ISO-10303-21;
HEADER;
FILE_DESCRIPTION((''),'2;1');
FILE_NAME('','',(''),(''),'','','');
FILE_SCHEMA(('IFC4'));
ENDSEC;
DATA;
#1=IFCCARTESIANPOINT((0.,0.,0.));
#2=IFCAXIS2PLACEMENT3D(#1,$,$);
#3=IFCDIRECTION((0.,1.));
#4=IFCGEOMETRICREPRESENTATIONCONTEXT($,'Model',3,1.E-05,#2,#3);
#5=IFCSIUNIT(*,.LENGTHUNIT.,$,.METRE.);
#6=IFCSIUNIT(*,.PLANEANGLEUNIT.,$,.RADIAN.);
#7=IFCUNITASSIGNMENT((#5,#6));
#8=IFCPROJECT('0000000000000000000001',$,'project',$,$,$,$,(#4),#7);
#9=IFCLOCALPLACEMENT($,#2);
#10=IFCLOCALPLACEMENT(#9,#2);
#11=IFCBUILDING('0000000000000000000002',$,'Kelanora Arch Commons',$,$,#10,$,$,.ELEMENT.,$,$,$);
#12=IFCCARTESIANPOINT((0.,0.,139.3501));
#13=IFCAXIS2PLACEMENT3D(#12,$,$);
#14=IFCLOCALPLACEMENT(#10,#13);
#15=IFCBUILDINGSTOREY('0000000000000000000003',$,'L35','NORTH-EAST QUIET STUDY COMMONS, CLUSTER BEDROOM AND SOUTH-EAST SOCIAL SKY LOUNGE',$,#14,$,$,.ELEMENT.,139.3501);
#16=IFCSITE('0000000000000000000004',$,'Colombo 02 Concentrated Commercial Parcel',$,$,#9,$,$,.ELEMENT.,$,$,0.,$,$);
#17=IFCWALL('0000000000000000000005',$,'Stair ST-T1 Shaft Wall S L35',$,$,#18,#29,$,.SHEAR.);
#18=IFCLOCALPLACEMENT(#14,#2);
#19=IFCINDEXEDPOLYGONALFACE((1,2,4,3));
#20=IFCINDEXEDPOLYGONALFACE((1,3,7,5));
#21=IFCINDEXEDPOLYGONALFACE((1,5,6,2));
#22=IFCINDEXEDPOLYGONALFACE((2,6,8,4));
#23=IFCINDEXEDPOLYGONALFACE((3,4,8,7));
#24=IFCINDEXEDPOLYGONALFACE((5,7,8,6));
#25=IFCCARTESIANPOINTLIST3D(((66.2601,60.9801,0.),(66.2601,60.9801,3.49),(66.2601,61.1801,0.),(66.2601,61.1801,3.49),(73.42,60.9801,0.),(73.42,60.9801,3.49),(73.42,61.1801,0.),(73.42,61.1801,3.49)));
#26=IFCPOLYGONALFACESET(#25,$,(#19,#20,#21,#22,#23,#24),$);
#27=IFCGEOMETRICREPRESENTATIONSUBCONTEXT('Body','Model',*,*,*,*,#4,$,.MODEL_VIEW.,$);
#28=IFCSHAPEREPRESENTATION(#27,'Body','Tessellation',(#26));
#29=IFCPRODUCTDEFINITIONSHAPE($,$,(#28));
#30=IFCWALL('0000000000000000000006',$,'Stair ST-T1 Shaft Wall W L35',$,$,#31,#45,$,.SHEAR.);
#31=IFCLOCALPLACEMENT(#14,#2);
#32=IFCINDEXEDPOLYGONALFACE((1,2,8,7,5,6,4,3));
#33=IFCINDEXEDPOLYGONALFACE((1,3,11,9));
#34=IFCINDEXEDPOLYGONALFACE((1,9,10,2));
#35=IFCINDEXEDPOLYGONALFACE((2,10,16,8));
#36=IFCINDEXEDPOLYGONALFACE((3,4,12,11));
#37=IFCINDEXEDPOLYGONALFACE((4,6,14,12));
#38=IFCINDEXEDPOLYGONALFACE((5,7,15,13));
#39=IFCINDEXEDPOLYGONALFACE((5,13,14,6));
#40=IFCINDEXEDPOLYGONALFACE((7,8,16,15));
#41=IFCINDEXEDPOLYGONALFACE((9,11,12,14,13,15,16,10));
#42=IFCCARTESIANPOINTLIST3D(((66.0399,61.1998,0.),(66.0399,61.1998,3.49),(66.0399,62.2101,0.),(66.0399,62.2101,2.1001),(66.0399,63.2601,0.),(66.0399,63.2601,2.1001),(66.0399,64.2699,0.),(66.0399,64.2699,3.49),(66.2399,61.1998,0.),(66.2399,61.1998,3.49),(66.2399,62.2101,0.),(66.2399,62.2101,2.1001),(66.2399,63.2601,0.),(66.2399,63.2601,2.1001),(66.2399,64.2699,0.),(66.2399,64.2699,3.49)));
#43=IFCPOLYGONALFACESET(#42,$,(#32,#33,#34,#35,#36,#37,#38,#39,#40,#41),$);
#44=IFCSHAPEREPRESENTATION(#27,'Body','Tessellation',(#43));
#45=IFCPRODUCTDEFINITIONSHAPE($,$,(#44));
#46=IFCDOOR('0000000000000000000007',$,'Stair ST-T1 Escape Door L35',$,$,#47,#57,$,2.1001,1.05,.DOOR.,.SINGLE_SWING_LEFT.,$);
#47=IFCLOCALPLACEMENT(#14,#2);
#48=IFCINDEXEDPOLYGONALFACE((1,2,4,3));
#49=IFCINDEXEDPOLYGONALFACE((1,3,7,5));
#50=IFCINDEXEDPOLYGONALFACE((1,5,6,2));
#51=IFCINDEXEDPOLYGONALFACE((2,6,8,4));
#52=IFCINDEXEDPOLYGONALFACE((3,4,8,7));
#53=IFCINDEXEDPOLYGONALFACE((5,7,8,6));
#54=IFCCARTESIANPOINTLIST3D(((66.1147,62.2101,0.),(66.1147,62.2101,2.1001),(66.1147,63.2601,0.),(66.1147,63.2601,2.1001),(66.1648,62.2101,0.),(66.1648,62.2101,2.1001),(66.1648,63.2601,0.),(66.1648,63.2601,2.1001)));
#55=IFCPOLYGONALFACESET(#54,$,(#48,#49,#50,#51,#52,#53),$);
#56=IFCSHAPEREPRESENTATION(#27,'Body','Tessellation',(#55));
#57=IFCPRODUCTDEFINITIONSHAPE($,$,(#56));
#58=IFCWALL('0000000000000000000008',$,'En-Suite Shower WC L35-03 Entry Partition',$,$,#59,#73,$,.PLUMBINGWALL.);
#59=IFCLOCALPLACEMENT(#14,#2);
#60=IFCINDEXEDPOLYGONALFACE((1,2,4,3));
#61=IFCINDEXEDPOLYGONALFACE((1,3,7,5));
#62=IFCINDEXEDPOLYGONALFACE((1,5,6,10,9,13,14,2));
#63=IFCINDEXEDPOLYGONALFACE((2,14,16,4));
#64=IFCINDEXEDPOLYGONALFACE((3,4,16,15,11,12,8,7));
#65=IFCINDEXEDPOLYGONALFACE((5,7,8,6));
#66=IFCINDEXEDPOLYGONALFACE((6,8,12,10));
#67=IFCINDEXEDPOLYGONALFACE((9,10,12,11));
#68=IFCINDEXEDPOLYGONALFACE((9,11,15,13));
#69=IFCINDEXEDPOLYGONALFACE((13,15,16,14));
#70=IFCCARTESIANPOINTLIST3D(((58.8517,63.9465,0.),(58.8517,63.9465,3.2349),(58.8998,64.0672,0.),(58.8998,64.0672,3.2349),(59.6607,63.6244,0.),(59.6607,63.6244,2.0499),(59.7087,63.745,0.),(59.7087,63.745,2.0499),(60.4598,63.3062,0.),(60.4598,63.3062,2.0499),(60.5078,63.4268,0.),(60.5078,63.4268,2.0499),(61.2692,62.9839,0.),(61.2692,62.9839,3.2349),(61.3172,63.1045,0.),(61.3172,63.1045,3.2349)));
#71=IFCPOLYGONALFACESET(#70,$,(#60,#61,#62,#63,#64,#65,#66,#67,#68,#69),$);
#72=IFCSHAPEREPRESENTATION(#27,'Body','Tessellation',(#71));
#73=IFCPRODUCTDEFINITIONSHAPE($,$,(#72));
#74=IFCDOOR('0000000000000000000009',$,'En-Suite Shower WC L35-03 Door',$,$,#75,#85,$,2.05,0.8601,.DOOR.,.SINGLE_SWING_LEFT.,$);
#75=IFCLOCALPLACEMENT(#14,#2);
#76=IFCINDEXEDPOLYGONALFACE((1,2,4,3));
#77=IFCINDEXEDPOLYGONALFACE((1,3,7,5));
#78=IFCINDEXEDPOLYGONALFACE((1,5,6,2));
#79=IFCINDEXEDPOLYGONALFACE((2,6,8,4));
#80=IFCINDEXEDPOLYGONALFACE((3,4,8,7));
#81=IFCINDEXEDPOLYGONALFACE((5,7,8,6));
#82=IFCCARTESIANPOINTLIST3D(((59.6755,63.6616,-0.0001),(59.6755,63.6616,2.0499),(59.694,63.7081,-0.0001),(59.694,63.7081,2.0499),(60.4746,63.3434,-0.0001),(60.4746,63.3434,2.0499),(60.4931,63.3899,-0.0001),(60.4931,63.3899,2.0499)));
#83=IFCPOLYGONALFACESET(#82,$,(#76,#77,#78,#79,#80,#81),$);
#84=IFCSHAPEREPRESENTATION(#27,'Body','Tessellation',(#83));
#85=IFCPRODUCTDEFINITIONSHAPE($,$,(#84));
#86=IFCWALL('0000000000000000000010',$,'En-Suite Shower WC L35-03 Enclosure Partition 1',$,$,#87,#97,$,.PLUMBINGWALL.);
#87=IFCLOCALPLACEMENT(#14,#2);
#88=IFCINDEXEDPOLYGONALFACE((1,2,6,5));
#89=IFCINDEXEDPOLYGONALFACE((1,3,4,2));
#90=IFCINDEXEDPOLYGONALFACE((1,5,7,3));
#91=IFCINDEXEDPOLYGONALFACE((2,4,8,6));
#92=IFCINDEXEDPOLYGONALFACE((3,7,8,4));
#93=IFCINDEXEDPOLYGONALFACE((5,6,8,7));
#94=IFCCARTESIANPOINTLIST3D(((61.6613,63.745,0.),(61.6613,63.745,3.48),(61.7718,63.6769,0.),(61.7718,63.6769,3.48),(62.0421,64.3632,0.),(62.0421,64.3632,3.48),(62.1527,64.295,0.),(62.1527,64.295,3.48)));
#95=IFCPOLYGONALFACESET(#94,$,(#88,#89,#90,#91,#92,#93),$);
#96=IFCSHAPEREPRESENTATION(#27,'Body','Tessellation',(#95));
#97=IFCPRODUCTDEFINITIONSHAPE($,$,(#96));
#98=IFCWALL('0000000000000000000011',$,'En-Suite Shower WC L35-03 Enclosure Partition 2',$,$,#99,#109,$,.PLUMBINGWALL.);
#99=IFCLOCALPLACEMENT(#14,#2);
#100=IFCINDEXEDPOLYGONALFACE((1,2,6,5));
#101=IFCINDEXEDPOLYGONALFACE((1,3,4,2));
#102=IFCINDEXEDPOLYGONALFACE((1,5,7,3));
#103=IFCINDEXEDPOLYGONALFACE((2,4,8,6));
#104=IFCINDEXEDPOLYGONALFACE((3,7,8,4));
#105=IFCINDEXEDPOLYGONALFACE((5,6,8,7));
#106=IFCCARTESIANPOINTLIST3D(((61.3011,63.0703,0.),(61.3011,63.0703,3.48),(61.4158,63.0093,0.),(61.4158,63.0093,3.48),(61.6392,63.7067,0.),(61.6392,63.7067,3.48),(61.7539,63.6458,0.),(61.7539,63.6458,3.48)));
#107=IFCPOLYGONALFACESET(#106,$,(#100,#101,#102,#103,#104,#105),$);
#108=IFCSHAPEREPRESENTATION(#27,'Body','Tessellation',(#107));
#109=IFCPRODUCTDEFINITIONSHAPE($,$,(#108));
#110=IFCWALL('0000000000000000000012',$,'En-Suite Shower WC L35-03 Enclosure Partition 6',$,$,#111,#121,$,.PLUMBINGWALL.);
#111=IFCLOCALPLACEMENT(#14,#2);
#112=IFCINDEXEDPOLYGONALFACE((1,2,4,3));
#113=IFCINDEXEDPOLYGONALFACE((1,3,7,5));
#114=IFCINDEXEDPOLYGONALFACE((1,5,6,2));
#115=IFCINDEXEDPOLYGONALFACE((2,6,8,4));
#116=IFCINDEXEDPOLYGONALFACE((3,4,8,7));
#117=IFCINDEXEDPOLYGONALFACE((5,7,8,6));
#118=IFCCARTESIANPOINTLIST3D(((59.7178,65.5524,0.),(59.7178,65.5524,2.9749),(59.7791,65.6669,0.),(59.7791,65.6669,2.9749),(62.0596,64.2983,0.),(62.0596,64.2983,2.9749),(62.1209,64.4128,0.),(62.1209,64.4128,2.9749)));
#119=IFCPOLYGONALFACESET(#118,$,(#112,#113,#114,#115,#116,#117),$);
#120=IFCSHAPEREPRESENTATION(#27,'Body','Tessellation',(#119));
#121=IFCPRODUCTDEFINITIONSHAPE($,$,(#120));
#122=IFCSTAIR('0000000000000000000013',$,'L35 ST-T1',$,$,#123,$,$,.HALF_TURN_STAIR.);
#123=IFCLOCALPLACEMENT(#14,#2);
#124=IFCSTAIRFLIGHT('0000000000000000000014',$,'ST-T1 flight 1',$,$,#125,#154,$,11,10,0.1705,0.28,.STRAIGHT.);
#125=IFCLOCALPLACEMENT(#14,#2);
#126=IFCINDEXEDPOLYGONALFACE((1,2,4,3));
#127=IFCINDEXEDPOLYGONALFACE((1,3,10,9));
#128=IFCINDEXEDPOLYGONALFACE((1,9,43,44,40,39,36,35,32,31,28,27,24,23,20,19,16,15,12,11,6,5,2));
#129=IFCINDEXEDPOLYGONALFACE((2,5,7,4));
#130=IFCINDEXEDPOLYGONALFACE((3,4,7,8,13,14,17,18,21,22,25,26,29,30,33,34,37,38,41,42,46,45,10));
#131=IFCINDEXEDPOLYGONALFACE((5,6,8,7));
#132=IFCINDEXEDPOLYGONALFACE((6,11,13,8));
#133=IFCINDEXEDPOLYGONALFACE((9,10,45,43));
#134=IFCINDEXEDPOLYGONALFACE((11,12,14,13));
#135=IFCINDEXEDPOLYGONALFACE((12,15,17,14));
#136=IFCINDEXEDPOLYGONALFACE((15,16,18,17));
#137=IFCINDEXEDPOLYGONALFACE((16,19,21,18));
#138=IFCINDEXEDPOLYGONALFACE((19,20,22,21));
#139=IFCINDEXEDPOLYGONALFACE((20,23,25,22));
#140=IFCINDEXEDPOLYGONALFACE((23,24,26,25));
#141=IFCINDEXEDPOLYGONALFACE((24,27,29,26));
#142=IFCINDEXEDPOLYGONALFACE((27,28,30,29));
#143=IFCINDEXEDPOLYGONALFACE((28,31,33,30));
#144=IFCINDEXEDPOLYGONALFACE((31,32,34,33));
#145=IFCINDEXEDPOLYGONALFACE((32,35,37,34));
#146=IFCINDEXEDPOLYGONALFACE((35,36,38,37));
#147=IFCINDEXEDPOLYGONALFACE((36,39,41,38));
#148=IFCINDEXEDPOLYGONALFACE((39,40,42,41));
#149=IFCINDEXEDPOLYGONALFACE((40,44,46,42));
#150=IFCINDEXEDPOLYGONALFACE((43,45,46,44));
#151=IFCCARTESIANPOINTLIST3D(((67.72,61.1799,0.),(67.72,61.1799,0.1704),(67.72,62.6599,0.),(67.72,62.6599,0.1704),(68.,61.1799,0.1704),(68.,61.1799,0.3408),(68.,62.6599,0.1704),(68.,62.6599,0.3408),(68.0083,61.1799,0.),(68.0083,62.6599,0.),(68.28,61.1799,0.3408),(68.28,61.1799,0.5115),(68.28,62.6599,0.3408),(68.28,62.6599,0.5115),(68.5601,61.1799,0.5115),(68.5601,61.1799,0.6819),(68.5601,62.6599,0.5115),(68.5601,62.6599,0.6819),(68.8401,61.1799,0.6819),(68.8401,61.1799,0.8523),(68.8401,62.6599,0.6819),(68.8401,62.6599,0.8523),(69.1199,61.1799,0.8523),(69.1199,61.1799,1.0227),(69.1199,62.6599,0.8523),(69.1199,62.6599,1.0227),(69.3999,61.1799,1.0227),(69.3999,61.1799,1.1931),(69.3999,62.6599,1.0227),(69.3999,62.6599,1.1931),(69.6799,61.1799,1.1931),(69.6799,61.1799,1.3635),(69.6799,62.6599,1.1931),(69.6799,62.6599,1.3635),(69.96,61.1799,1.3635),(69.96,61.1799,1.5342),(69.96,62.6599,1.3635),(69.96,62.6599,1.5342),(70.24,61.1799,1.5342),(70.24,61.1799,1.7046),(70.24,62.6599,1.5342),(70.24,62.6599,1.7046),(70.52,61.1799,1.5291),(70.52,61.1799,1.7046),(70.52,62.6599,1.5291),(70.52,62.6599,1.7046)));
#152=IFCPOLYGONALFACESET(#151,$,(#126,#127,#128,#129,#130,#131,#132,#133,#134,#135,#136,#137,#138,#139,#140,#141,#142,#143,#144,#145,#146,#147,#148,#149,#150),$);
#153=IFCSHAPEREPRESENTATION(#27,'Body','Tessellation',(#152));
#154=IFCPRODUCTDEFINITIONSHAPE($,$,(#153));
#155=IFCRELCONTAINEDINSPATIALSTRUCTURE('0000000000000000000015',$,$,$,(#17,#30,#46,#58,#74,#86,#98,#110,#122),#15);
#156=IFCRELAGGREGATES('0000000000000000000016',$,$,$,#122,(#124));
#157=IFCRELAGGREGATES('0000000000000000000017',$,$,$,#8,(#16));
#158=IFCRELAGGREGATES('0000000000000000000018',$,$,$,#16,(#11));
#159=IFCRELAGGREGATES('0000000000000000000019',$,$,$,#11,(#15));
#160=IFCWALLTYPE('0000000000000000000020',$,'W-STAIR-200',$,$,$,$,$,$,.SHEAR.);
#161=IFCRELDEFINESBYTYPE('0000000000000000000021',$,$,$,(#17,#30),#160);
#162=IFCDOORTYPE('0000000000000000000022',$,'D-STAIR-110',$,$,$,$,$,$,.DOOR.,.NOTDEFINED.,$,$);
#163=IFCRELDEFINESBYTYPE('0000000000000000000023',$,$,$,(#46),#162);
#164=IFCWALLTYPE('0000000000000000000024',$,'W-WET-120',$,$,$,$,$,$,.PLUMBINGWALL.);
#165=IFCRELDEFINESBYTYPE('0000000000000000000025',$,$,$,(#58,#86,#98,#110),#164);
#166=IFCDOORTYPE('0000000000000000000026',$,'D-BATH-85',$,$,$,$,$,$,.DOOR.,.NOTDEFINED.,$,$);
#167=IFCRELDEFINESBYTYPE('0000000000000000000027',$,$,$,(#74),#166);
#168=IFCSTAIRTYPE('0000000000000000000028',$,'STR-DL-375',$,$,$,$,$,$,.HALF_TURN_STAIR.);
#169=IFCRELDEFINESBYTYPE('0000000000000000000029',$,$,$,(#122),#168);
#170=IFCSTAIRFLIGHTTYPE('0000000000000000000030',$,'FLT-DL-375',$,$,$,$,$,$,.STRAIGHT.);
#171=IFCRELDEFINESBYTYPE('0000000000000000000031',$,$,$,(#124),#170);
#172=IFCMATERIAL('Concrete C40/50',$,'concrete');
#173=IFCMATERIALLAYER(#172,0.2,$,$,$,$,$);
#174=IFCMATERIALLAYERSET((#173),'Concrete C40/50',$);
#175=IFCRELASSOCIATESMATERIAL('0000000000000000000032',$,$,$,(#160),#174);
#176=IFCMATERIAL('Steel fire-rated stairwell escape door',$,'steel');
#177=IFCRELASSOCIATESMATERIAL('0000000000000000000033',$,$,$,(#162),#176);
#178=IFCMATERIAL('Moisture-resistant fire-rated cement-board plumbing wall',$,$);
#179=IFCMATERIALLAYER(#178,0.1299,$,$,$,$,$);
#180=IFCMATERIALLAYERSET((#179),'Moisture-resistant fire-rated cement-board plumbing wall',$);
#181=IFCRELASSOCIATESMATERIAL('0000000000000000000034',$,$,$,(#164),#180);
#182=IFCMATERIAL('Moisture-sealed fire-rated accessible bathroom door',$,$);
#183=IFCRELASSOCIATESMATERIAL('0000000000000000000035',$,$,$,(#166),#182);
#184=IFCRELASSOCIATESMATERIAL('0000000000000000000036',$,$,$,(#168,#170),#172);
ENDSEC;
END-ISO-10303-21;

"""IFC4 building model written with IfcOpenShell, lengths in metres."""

from ifc_helpers import new_model, si_unit, direction, frame, frame_2d, origin, place, context, subcontext, project, spatial, polyline, rectangle, outline, extrude, material, layer, layer_set, type_object, element, fill, aggregate, save


model = new_model("IFC4")

# Units and contexts
model_context = context("Model", 3, precision=1e-05, world=origin(), true_north=direction((0.0, 1.0)))
body_context = subcontext(model_context, "Body", "Model", "MODEL_VIEW")
ifc_project = project(units=[si_unit("LENGTHUNIT", "METRE"), si_unit("PLANEANGLEUNIT", "RADIAN")], contexts=[model_context])

# Site, building, storey
site_placement = place(None, origin())
site = spatial("IfcSite", under=ifc_project, at=site_placement, Name="Colombo 02 Concentrated Commercial Parcel", CompositionType="ELEMENT", RefElevation=0.0)
building_placement = place(site_placement, origin())
building = spatial("IfcBuilding", under=site, at=building_placement, Name="Kelanora Arch Commons", CompositionType="ELEMENT")
storey_placement = place(building_placement, frame((0.0, 0.0, 139.3501)))
storey = spatial("IfcBuildingStorey", under=building, at=storey_placement, Name="L35", Description="NORTH-EAST QUIET STUDY COMMONS, CLUSTER BEDROOM AND SOUTH-EAST SOCIAL SKY LOUNGE", CompositionType="ELEMENT", Elevation=139.3501)

# Wall
ifc_material_1 = material(Name="Concrete C40/50", Category="concrete")
ifc_layer_1 = layer(ifc_material_1, 0.2)
ifc_layer_set_1 = layer_set([ifc_layer_1], Name="Concrete C40/50")
wall_type_1 = type_object("IfcWallType", Name="W-STAIR-200", PredefinedType="SHEAR", material=ifc_layer_set_1)
wall_1_placement = place(storey_placement, frame((66.26, 61.0801, 0.0), z_axis=(0.0, 0.0, 1.0), x_axis=(1.0, 0.0, 0.0)))
element("IfcWall", 1, at=wall_1_placement, inside=storey, type_object=wall_type_1, Name="Stair ST-T1 Shaft Wall S L35", PredefinedType="SHEAR", context=body_context, shape_type="SweptSolid", body=[
    extrude(rectangle(XDim=7.1599, YDim=0.2, at=frame_2d((3.5801, 0.0))), origin(), (0.0, 0.0, 1.0), 3.49),
])

# Walls, openings, doors
wall_2_placement = place(storey_placement, frame((66.1399, 64.27, 0.0), z_axis=(0.0, 0.0, 1.0), x_axis=(0.0, -1.0, 0.0)))
wall_2 = element("IfcWall", 2, at=wall_2_placement, inside=storey, type_object=wall_type_1, Name="Stair ST-T1 Shaft Wall W L35", PredefinedType="SHEAR", context=body_context, shape_type="SweptSolid", body=[
    extrude(rectangle(XDim=3.0701, YDim=0.2, at=frame_2d((1.5352, 0.0))), origin(), (0.0, 0.0, 1.0), 3.49),
])
opening_1_placement = place(wall_2_placement, frame((1.01, 0.0, 0.0)))
opening_1 = element("IfcOpeningElement", 3, at=opening_1_placement, cuts=wall_2, PredefinedType="OPENING", context=body_context, shape_type="SweptSolid", body=[
    extrude(rectangle(XDim=1.05, YDim=2.1001, at=frame_2d((0.5249, 1.05))), frame((0.0, 0.1099, 0.0), z_axis=(0.0, -1.0, 0.0), x_axis=(1.0, 0.0, 0.0)), (0.0, 0.0, 1.0), 0.22),
])
ifc_material_2 = material(Name="Steel fire-rated stairwell escape door", Category="steel")
door_type_1 = type_object("IfcDoorType", Name="D-STAIR-110", OperationType="NOTDEFINED", PredefinedType="DOOR", material=ifc_material_2)
door_1_placement = place(opening_1_placement, origin())
door_1 = element("IfcDoor", 4, at=door_1_placement, inside=storey, type_object=door_type_1, Name="Stair ST-T1 Escape Door L35", OperationType="SINGLE_SWING_LEFT", OverallHeight=2.1001, OverallWidth=1.05, PredefinedType="DOOR", context=body_context, shape_type="SweptSolid", body=[
    extrude(rectangle(XDim=1.05, YDim=2.1001, at=frame_2d((0.5249, 1.05))), frame((0.0, 0.0249, 0.0), z_axis=(0.0, -1.0, 0.0), x_axis=(1.0, 0.0, 0.0)), (0.0, 0.0, 1.0), 0.05),
])
fill(opening_1, door_1)
ifc_material_3 = material(Name="Moisture-resistant fire-rated cement-board plumbing wall")
ifc_layer_2 = layer(ifc_material_3, 0.1299)
ifc_layer_set_2 = layer_set([ifc_layer_2], Name="Moisture-resistant fire-rated cement-board plumbing wall")
wall_type_2 = type_object("IfcWallType", Name="W-WET-120", PredefinedType="PLUMBINGWALL", material=ifc_layer_set_2)
wall_3_placement = place(storey_placement, frame((61.2932, 63.0442, 0.0), z_axis=(0.0, 0.0, 1.0), x_axis=(-0.929051, 0.369951, 0.0)))
wall_3 = element("IfcWall", 5, at=wall_3_placement, inside=storey, type_object=wall_type_2, Name="En-Suite Shower WC L35-03 Entry Partition", PredefinedType="PLUMBINGWALL", context=body_context, shape_type="SweptSolid", body=[
    extrude(rectangle(XDim=2.6021, YDim=0.1299, at=frame_2d((1.301, 0.0))), origin(), (0.0, 0.0, 1.0), 3.2349),
])
opening_2_placement = place(wall_3_placement, frame((0.8711, 0.0, 0.0)))
opening_2 = element("IfcOpeningElement", 6, at=opening_2_placement, cuts=wall_3, PredefinedType="OPENING", context=body_context, shape_type="SweptSolid", body=[
    extrude(rectangle(XDim=0.8601, YDim=2.05, at=frame_2d((0.4302, 1.0249))), frame((0.0, 0.075, 0.0), z_axis=(0.0, -1.0, 0.0), x_axis=(1.0, 0.0, 0.0)), (0.0, 0.0, 1.0), 0.1499),
])
ifc_material_4 = material(Name="Moisture-sealed fire-rated accessible bathroom door")
door_type_2 = type_object("IfcDoorType", Name="D-BATH-85", OperationType="NOTDEFINED", PredefinedType="DOOR", material=ifc_material_4)
door_2_placement = place(opening_2_placement, origin())
door_2 = element("IfcDoor", 7, at=door_2_placement, inside=storey, type_object=door_type_2, Name="En-Suite Shower WC L35-03 Door", OperationType="SINGLE_SWING_LEFT", OverallHeight=2.05, OverallWidth=0.8601, PredefinedType="DOOR", context=body_context, shape_type="SweptSolid", body=[
    extrude(rectangle(XDim=0.8601, YDim=2.05, at=frame_2d((0.4302, 1.0249))), frame((0.0, 0.0249, 0.0), z_axis=(0.0, -1.0, 0.0), x_axis=(1.0, 0.0, 0.0)), (0.0, 0.0, 1.0), 0.05),
])
fill(opening_2, door_2)

# Walls
wall_4_placement = place(storey_placement, frame((62.0974, 64.3291, 0.0), z_axis=(0.0, 0.0, 1.0), x_axis=(-0.524548, -0.851381, 0.0)))
element("IfcWall", 8, at=wall_4_placement, inside=storey, type_object=wall_type_2, Name="En-Suite Shower WC L35-03 Enclosure Partition 1", PredefinedType="PLUMBINGWALL", context=body_context, shape_type="SweptSolid", body=[
    extrude(rectangle(XDim=0.7261, YDim=0.1299, at=frame_2d((0.363, 0.0))), origin(), (0.0, 0.0, 1.0), 3.48),
])
wall_5_placement = place(storey_placement, frame((61.6965, 63.6763, 0.0), z_axis=(0.0, 0.0, 1.0), x_axis=(-0.469163, -0.883111, 0.0)))
element("IfcWall", 9, at=wall_5_placement, inside=storey, type_object=wall_type_2, Name="En-Suite Shower WC L35-03 Enclosure Partition 2", PredefinedType="PLUMBINGWALL", context=body_context, shape_type="SweptSolid", body=[
    extrude(rectangle(XDim=0.7207, YDim=0.1299, at=frame_2d((0.3604, 0.0))), origin(), (0.0, 0.0, 1.0), 3.48),
])
wall_6_placement = place(storey_placement, frame((59.7485, 65.6096, 0.0), z_axis=(0.0, 0.0, 1.0), x_axis=(0.88154, -0.472109, 0.0)))
element("IfcWall", 10, at=wall_6_placement, inside=storey, type_object=wall_type_2, Name="En-Suite Shower WC L35-03 Enclosure Partition 6", PredefinedType="PLUMBINGWALL", context=body_context, shape_type="SweptSolid", body=[
    extrude(rectangle(XDim=2.6565, YDim=0.1299, at=frame_2d((1.3281, 0.0))), origin(), (0.0, 0.0, 1.0), 2.9749),
])

# Stair, stair flight
stair_type = type_object("IfcStairType", Name="STR-DL-375", PredefinedType="HALF_TURN_STAIR", material=ifc_material_1)
stair_placement = place(storey_placement, origin())
stair = element("IfcStair", 11, at=stair_placement, inside=storey, type_object=stair_type, Name="L35 ST-T1", PredefinedType="HALF_TURN_STAIR")
stair_flight_type = type_object("IfcStairFlightType", Name="FLT-DL-375", PredefinedType="STRAIGHT", material=ifc_material_1)
stair_flight_placement = place(storey_placement, frame((67.72, 61.9199, 0.0), z_axis=(0.0, 0.0, 1.0), x_axis=(1.0, 0.0, 0.0)))
stair_flight = element("IfcStairFlight", 12, at=stair_flight_placement, type_object=stair_flight_type, Name="ST-T1 flight 1", NumberOfRisers=11, NumberOfTreads=10, PredefinedType="STRAIGHT", RiserHeight=0.1705, TreadLength=0.28, context=body_context, shape_type="SweptSolid", body=[
    extrude(outline(polyline([(0.0, 0.0), (0.0, 0.1704), (0.28, 0.1704), (0.28, 0.3408), (0.5601, 0.3408), (0.5601, 0.5115), (0.8401, 0.5115), (0.8401, 0.6819), (1.1201, 0.6819), (1.1201, 0.8523), (1.3999, 0.8523), (1.3999, 1.0227), (1.6799, 1.0227), (1.6799, 1.1931), (1.96, 1.1931), (1.96, 1.3635), (2.24, 1.3635), (2.24, 1.5342), (2.52, 1.5342), (2.52, 1.7046), (2.8, 1.7046), (2.8, 1.875), (2.8, 1.5291), (0.2883, 0.0), (0.0, 0.0)])), frame((0.0, 0.74, 0.0), z_axis=(0.0, -1.0, 0.0), x_axis=(1.0, 0.0, 0.0)), (0.0, 0.0, 1.0), 1.48),
])
aggregate(stair, [stair_flight])

save(model, "model.ifc")
